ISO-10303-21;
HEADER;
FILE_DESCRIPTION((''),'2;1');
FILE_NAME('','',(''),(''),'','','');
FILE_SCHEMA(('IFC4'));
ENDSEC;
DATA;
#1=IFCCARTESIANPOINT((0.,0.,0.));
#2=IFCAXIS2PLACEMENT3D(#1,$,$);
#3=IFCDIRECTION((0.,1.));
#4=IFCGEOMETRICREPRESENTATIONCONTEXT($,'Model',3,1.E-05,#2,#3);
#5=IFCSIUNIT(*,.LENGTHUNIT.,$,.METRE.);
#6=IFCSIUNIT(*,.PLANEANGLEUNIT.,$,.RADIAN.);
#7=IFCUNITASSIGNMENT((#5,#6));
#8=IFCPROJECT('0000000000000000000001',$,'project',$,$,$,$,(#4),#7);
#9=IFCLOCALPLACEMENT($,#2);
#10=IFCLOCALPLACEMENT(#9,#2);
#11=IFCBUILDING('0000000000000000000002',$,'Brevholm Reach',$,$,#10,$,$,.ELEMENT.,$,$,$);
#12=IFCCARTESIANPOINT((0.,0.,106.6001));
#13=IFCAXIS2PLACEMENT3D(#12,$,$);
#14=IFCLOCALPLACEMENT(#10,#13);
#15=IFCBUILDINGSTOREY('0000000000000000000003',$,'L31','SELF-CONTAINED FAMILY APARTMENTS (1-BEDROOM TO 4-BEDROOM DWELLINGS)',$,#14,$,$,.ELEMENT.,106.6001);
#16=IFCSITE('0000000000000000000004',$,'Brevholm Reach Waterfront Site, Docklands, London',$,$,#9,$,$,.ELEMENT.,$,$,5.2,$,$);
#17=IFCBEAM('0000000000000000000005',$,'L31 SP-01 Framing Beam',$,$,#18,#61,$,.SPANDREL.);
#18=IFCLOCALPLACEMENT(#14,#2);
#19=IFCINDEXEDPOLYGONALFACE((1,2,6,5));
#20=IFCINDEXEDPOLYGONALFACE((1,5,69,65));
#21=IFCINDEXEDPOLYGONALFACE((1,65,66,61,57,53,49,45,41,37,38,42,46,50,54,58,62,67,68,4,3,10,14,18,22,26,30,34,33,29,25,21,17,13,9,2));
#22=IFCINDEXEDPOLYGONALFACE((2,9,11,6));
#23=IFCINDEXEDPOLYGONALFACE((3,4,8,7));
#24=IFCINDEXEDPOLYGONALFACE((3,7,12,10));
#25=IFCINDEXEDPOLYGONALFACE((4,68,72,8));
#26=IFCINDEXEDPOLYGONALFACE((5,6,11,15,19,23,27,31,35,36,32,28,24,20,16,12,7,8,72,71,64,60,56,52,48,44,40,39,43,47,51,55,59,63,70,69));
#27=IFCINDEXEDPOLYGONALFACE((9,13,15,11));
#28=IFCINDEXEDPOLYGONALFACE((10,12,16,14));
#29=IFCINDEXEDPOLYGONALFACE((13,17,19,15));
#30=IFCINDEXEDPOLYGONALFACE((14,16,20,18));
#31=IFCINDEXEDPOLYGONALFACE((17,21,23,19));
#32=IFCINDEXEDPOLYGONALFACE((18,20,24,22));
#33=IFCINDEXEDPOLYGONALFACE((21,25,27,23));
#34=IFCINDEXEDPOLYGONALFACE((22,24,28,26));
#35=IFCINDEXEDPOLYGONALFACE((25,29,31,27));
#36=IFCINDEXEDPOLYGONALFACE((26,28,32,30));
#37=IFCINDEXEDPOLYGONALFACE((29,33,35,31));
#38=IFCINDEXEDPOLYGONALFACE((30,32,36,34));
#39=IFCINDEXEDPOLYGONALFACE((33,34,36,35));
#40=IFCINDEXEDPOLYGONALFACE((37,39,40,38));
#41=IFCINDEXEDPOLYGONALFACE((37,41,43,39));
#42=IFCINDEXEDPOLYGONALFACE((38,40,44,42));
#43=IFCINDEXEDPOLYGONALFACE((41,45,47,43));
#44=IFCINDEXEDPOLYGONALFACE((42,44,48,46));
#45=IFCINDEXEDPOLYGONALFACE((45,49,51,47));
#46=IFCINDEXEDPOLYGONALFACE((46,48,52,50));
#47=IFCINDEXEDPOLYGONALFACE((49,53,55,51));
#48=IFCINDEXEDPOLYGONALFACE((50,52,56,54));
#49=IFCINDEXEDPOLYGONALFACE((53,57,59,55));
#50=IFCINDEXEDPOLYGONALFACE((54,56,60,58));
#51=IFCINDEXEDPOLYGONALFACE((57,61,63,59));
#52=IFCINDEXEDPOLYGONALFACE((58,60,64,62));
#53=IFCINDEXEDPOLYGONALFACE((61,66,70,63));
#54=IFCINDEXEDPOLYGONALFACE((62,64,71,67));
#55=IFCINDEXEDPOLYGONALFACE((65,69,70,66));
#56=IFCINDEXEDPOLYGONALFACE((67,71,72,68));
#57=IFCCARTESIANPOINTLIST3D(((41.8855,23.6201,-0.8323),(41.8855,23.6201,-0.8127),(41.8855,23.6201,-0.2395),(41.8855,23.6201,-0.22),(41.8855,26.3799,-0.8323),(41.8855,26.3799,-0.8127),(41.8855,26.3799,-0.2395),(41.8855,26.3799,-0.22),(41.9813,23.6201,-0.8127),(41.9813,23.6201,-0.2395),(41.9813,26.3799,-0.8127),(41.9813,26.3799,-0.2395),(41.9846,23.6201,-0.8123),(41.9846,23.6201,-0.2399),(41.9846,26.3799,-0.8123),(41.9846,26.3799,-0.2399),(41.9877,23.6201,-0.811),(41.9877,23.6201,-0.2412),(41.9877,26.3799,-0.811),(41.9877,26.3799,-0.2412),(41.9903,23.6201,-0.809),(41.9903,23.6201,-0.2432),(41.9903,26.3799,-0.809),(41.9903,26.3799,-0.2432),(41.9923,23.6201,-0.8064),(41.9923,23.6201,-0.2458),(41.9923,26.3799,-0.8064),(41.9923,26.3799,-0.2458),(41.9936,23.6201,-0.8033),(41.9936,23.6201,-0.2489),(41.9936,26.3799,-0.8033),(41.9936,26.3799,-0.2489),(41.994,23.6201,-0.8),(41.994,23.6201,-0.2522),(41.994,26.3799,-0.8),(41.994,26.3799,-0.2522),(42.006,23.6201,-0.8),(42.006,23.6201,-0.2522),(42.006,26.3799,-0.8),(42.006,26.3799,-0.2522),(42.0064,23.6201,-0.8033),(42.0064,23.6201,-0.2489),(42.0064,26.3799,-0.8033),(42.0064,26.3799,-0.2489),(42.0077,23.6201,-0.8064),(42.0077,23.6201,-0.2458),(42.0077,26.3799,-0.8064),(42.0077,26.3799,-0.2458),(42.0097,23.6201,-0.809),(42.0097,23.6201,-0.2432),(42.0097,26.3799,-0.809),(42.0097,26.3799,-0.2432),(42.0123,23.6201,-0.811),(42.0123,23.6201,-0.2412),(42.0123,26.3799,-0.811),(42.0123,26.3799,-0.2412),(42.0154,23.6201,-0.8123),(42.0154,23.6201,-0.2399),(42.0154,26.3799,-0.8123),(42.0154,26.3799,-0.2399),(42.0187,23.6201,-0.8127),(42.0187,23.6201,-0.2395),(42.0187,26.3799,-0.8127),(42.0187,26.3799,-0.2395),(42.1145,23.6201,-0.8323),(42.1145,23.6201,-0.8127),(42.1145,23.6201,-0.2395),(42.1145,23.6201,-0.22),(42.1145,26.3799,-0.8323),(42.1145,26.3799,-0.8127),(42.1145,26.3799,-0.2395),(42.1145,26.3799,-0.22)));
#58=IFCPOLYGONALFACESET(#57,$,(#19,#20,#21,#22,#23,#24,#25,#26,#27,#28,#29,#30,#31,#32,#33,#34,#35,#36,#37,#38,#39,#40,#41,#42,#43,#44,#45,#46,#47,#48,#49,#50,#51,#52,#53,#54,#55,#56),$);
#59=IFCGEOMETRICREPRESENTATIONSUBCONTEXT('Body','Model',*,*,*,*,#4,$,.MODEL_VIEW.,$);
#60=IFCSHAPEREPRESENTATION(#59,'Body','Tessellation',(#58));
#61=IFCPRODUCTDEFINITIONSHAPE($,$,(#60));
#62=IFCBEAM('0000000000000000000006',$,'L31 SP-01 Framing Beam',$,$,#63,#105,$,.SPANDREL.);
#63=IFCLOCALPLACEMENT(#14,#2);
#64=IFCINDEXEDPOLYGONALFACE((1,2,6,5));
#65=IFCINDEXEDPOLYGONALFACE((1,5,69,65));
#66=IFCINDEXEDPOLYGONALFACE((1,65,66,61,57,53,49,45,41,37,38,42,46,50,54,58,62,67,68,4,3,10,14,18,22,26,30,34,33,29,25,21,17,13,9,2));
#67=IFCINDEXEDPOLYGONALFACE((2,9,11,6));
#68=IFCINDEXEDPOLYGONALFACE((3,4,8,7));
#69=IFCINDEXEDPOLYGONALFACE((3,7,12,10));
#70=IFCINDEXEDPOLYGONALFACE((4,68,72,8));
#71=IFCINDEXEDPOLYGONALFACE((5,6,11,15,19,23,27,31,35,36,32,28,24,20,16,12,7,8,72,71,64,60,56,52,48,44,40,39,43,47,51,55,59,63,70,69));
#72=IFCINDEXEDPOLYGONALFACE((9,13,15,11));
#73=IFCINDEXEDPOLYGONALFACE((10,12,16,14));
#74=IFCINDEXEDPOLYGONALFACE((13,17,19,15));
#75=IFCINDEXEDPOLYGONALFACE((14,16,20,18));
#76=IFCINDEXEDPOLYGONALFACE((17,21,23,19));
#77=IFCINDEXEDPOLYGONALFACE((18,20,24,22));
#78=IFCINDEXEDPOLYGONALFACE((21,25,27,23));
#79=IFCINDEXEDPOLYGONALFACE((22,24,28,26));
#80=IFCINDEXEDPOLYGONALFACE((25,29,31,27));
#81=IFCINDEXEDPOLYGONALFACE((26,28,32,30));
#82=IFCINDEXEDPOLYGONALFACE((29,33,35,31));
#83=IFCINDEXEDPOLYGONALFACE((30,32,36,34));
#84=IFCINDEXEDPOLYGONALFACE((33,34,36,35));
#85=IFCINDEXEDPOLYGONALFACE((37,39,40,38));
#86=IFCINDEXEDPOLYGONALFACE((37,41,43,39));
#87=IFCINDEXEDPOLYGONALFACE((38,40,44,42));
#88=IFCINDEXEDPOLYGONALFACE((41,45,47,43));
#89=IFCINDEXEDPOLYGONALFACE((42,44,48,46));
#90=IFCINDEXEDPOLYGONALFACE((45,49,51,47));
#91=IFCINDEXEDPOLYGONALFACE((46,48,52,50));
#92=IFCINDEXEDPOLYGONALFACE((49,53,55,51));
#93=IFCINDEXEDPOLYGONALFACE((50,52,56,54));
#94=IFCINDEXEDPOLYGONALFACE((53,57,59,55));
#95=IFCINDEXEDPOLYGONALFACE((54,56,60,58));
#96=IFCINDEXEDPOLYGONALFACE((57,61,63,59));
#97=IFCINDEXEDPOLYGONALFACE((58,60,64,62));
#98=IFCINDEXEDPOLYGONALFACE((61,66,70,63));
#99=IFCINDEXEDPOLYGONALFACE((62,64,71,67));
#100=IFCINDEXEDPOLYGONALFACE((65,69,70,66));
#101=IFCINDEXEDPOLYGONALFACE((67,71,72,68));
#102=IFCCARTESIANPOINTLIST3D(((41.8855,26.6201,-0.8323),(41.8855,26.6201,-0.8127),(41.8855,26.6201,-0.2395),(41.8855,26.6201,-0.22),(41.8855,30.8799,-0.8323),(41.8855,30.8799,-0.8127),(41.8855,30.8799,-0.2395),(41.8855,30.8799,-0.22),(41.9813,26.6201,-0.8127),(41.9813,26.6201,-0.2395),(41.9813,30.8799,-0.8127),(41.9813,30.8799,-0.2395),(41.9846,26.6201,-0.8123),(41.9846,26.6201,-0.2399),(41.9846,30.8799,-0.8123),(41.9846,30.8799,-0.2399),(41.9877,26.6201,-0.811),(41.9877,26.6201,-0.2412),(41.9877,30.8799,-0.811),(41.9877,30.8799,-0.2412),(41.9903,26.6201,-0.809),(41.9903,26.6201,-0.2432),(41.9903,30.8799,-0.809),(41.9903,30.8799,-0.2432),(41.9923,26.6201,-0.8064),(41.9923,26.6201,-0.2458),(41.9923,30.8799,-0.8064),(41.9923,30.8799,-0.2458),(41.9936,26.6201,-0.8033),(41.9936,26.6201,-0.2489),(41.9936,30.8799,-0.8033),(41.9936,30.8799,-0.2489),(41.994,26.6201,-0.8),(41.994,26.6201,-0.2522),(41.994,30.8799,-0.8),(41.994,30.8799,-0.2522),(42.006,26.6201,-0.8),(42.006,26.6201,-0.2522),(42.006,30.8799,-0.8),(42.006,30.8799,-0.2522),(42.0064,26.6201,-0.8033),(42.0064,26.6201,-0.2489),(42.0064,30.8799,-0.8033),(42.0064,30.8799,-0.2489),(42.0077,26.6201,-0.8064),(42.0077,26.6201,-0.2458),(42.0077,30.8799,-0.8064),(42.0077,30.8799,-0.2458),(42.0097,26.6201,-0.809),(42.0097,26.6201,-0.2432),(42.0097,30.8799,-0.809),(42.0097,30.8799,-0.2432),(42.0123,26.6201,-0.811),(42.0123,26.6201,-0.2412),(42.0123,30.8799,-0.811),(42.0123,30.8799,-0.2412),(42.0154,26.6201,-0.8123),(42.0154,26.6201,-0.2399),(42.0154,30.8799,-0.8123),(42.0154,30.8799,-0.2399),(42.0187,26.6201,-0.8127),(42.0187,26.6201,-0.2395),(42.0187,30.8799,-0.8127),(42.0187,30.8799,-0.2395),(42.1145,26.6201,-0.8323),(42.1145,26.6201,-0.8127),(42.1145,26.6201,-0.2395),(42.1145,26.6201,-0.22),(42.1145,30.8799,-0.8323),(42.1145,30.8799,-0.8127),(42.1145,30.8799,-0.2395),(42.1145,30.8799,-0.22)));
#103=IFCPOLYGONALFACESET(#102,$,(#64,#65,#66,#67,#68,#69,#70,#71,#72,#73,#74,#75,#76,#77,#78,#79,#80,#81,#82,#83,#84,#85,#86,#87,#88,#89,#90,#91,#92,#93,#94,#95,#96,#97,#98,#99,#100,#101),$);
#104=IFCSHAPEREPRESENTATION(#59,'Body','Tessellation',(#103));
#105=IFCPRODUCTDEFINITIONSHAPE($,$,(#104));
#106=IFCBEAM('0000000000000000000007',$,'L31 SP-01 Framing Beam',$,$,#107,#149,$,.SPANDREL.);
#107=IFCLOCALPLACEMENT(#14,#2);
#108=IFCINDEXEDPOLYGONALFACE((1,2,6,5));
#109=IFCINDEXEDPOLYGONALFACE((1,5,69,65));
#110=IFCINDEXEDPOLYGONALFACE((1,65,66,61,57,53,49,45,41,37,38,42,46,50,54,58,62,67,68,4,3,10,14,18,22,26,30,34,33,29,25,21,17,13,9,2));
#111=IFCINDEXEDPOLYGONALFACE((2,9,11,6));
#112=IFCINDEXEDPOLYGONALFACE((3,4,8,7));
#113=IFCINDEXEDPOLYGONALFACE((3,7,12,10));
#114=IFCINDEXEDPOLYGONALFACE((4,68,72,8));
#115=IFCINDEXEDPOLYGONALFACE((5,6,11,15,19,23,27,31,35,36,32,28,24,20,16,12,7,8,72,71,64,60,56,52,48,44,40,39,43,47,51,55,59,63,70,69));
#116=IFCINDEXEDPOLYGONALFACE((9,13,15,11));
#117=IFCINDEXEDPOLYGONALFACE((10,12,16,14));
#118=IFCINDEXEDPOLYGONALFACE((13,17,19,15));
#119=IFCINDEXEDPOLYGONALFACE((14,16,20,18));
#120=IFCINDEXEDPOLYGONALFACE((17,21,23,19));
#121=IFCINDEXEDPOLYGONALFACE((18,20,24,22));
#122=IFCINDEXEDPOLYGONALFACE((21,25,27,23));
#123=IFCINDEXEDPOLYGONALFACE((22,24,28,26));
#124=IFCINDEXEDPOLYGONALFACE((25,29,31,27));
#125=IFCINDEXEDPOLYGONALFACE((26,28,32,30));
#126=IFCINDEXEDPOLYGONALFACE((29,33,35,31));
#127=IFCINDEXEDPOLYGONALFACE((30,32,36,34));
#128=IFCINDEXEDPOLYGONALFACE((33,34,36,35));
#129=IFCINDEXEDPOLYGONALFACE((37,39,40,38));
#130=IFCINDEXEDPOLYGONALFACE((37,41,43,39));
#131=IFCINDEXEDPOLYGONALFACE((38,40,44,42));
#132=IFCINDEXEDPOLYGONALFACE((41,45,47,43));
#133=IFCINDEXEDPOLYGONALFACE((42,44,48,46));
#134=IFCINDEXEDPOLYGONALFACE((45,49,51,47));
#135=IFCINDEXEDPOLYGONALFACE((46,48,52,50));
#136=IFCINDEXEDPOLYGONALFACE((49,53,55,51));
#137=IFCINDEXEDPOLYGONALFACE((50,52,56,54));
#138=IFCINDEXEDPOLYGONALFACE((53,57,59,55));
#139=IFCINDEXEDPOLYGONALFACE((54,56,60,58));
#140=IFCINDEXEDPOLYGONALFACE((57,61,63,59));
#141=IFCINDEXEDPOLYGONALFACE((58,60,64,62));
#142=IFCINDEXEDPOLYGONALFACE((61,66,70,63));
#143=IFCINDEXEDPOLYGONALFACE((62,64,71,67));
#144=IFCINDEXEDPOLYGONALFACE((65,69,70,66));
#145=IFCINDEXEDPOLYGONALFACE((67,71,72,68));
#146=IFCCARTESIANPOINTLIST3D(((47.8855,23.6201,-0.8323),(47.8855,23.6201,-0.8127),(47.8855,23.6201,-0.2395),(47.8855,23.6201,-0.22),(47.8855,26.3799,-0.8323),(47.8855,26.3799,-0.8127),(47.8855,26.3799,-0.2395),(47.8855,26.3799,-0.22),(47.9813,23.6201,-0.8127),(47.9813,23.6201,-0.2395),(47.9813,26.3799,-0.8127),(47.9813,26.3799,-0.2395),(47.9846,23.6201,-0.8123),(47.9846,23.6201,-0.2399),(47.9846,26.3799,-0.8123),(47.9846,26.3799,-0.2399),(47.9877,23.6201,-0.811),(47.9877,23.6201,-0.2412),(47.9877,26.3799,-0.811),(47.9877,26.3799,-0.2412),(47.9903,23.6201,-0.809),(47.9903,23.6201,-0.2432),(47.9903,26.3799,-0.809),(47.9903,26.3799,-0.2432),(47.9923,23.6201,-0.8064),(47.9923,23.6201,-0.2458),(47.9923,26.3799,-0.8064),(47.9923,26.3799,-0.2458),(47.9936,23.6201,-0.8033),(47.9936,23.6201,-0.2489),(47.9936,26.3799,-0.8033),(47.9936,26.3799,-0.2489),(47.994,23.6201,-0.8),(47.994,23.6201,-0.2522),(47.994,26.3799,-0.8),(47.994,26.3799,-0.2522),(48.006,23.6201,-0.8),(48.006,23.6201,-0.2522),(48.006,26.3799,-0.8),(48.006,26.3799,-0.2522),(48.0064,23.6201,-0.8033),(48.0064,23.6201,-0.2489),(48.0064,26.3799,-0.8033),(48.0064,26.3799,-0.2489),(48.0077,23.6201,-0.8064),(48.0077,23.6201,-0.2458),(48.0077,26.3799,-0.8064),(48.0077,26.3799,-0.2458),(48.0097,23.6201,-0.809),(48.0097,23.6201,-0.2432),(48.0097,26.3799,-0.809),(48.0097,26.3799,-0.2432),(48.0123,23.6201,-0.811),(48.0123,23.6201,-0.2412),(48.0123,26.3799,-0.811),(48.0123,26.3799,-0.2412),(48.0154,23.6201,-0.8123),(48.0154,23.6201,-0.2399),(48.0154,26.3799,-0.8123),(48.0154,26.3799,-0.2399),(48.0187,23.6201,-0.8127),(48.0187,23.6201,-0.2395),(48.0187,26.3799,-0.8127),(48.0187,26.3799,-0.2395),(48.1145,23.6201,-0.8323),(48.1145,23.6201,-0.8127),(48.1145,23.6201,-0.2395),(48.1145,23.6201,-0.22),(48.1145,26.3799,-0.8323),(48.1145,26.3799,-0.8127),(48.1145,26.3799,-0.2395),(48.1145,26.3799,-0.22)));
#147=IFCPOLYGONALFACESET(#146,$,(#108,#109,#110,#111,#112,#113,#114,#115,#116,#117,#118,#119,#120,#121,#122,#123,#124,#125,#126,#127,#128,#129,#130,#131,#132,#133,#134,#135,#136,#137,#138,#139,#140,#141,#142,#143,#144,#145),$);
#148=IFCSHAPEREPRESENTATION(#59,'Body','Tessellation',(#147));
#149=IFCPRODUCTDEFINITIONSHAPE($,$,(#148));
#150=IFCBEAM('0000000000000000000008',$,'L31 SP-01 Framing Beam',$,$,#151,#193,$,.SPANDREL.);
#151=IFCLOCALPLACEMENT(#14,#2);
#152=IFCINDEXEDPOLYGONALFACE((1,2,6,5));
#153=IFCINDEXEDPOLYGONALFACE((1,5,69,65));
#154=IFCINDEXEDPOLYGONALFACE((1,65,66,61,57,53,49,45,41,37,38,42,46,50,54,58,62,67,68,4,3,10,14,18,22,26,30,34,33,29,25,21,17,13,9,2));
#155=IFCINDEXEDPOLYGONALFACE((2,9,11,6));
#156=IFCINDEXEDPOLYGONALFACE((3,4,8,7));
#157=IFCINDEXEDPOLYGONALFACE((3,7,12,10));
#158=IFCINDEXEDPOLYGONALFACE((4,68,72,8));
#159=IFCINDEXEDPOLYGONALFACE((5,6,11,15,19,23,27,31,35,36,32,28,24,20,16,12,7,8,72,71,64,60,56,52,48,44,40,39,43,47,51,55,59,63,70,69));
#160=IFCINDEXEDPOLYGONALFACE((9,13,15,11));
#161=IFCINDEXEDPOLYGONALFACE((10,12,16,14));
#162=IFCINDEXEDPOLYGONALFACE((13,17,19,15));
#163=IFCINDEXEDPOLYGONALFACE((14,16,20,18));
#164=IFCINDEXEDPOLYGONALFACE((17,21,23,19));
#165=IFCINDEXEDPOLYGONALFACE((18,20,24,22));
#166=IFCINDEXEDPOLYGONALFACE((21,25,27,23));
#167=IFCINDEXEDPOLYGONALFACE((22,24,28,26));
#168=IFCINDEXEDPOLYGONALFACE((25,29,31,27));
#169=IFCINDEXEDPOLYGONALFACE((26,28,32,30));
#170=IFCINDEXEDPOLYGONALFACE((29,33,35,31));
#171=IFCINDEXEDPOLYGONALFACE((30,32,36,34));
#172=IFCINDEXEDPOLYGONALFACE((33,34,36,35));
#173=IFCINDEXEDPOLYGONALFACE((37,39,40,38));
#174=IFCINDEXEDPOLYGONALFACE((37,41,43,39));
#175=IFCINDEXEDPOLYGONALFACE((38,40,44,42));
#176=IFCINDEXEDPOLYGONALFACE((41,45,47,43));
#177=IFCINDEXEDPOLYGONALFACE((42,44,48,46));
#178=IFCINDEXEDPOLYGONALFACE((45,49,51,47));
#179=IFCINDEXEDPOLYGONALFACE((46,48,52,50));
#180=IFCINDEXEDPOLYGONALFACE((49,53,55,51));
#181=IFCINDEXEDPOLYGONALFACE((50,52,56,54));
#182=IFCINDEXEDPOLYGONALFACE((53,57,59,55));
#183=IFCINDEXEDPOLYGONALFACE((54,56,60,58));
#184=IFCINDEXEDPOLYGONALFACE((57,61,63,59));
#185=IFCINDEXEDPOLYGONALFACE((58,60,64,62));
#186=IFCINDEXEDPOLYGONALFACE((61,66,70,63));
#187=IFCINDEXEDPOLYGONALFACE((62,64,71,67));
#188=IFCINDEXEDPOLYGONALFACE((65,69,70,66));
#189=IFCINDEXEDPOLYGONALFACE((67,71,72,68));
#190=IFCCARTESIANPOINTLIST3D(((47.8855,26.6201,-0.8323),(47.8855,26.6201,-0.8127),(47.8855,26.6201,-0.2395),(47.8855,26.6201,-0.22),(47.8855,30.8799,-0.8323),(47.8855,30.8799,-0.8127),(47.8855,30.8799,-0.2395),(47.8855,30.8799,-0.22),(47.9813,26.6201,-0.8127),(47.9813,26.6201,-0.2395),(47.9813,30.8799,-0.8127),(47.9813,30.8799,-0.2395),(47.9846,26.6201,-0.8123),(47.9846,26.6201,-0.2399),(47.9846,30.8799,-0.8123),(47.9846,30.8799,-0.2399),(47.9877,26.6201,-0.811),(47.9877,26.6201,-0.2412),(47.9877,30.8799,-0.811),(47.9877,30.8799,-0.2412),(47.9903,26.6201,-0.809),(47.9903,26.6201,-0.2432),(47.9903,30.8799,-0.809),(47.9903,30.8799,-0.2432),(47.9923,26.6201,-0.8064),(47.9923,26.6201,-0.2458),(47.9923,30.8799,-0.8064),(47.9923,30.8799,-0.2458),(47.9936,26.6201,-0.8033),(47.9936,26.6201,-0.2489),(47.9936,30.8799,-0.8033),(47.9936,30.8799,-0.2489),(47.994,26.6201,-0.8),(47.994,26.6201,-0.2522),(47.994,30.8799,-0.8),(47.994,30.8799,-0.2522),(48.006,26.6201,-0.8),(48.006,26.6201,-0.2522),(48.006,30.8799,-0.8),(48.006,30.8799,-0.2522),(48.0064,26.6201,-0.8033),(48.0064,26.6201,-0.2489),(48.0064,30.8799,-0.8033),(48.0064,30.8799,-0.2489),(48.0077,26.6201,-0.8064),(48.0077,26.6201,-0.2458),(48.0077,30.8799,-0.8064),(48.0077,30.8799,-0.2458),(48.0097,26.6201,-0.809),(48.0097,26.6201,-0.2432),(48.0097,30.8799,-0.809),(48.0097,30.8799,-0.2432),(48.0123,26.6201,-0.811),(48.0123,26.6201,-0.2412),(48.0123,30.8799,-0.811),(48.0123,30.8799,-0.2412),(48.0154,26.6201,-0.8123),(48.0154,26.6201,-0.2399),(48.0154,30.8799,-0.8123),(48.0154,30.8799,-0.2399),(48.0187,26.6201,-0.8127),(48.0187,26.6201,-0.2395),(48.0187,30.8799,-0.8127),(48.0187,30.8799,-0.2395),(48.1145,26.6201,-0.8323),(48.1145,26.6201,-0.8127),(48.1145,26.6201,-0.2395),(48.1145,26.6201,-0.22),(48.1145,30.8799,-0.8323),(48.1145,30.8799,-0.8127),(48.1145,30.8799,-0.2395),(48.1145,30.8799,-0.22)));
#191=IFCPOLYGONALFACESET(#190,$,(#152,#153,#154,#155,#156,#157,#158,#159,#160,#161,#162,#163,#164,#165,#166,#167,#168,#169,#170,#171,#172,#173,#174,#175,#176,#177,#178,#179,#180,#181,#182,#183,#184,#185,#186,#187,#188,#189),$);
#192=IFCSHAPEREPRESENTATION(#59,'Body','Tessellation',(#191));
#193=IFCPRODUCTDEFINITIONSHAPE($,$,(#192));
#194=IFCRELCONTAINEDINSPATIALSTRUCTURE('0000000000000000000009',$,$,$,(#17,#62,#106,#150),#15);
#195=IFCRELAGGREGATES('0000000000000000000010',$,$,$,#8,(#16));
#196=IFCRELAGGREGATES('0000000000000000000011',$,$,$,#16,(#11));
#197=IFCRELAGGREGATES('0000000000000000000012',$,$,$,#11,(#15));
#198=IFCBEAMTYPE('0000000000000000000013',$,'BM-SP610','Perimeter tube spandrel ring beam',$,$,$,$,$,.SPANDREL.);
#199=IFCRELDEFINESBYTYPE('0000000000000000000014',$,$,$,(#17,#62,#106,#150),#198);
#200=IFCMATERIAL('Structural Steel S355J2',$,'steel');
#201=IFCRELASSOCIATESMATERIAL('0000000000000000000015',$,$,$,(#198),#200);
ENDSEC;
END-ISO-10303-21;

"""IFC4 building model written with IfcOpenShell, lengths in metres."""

from ifc_helpers import new_model, si_unit, direction, frame, origin, origin_2d, place, context, subcontext, project, spatial, i_section, extrude, material, material_profile, profile_set, type_object, element, save


model = new_model("IFC4")

# Units and contexts
model_context = context("Model", 3, precision=1e-05, world=origin(), true_north=direction((0.0, 1.0)))
body_context = subcontext(model_context, "Body", "Model", "MODEL_VIEW")
ifc_project = project(units=[si_unit("LENGTHUNIT", "METRE"), si_unit("PLANEANGLEUNIT", "RADIAN")], contexts=[model_context])

# Site, building, storey
site_placement = place(None, origin())
site = spatial("IfcSite", under=ifc_project, at=site_placement, Name="Brevholm Reach Waterfront Site, Docklands, London", CompositionType="ELEMENT", RefElevation=5.2)
building_placement = place(site_placement, origin())
building = spatial("IfcBuilding", under=site, at=building_placement, Name="Brevholm Reach", CompositionType="ELEMENT")
storey_placement = place(building_placement, frame((0.0, 0.0, 106.6001)))
storey = spatial("IfcBuildingStorey", under=building, at=storey_placement, Name="L31", Description="SELF-CONTAINED FAMILY APARTMENTS (1-BEDROOM TO 4-BEDROOM DWELLINGS)", CompositionType="ELEMENT", Elevation=106.6001)

# Beams
ifc_material_1 = material(Name="Structural Steel S355J2", Category="steel")
ifc_material_profile_1 = material_profile(ifc_material_1, i_section(OverallWidth=0.229, OverallDepth=0.6123, WebThickness=0.012, FlangeThickness=0.0195, FilletRadius=0.0127, at=origin_2d()), Name="UKB 610x229x125")
ifc_profile_set_1 = profile_set([ifc_material_profile_1], Name="Structural Steel S355J2")
beam_type_1 = type_object("IfcBeamType", Name="BM-SP610", Description="Perimeter tube spandrel ring beam", PredefinedType="SPANDREL", material=ifc_profile_set_1)
beam_1_placement = place(storey_placement, frame((42.0, 23.6201, -0.5261), z_axis=(0.0, 1.0, 0.0), x_axis=(-1.0, 0.0, 0.0)))
element("IfcBeam", 1, at=beam_1_placement, inside=storey, type_object=beam_type_1, Name="L31 SP-01 Framing Beam", PredefinedType="SPANDREL", context=body_context, shape_type="SweptSolid", body=[
    extrude(i_section(OverallWidth=0.229, OverallDepth=0.6123, WebThickness=0.012, FlangeThickness=0.0195, FilletRadius=0.0127, at=origin_2d()), origin(), (0.0, 0.0, 1.0), 2.7598),
])
beam_2_placement = place(storey_placement, frame((42.0, 26.6201, -0.5261), z_axis=(0.0, 1.0, 0.0), x_axis=(-1.0, 0.0, 0.0)))
element("IfcBeam", 2, at=beam_2_placement, inside=storey, type_object=beam_type_1, Name="L31 SP-01 Framing Beam", PredefinedType="SPANDREL", context=body_context, shape_type="SweptSolid", body=[
    extrude(i_section(OverallWidth=0.229, OverallDepth=0.6123, WebThickness=0.012, FlangeThickness=0.0195, FilletRadius=0.0127, at=origin_2d()), origin(), (0.0, 0.0, 1.0), 4.2598),
])
beam_3_placement = place(storey_placement, frame((48.0, 23.6201, -0.5261), z_axis=(0.0, 1.0, 0.0), x_axis=(-1.0, 0.0, 0.0)))
element("IfcBeam", 3, at=beam_3_placement, inside=storey, type_object=beam_type_1, Name="L31 SP-01 Framing Beam", PredefinedType="SPANDREL", context=body_context, shape_type="SweptSolid", body=[
    extrude(i_section(OverallWidth=0.229, OverallDepth=0.6123, WebThickness=0.012, FlangeThickness=0.0195, FilletRadius=0.0127, at=origin_2d()), origin(), (0.0, 0.0, 1.0), 2.7598),
])
beam_4_placement = place(storey_placement, frame((48.0, 26.6201, -0.5261), z_axis=(0.0, 1.0, 0.0), x_axis=(-1.0, 0.0, 0.0)))
element("IfcBeam", 4, at=beam_4_placement, inside=storey, type_object=beam_type_1, Name="L31 SP-01 Framing Beam", PredefinedType="SPANDREL", context=body_context, shape_type="SweptSolid", body=[
    extrude(i_section(OverallWidth=0.229, OverallDepth=0.6123, WebThickness=0.012, FlangeThickness=0.0195, FilletRadius=0.0127, at=origin_2d()), origin(), (0.0, 0.0, 1.0), 4.2598),
])

save(model, "model.ifc")
